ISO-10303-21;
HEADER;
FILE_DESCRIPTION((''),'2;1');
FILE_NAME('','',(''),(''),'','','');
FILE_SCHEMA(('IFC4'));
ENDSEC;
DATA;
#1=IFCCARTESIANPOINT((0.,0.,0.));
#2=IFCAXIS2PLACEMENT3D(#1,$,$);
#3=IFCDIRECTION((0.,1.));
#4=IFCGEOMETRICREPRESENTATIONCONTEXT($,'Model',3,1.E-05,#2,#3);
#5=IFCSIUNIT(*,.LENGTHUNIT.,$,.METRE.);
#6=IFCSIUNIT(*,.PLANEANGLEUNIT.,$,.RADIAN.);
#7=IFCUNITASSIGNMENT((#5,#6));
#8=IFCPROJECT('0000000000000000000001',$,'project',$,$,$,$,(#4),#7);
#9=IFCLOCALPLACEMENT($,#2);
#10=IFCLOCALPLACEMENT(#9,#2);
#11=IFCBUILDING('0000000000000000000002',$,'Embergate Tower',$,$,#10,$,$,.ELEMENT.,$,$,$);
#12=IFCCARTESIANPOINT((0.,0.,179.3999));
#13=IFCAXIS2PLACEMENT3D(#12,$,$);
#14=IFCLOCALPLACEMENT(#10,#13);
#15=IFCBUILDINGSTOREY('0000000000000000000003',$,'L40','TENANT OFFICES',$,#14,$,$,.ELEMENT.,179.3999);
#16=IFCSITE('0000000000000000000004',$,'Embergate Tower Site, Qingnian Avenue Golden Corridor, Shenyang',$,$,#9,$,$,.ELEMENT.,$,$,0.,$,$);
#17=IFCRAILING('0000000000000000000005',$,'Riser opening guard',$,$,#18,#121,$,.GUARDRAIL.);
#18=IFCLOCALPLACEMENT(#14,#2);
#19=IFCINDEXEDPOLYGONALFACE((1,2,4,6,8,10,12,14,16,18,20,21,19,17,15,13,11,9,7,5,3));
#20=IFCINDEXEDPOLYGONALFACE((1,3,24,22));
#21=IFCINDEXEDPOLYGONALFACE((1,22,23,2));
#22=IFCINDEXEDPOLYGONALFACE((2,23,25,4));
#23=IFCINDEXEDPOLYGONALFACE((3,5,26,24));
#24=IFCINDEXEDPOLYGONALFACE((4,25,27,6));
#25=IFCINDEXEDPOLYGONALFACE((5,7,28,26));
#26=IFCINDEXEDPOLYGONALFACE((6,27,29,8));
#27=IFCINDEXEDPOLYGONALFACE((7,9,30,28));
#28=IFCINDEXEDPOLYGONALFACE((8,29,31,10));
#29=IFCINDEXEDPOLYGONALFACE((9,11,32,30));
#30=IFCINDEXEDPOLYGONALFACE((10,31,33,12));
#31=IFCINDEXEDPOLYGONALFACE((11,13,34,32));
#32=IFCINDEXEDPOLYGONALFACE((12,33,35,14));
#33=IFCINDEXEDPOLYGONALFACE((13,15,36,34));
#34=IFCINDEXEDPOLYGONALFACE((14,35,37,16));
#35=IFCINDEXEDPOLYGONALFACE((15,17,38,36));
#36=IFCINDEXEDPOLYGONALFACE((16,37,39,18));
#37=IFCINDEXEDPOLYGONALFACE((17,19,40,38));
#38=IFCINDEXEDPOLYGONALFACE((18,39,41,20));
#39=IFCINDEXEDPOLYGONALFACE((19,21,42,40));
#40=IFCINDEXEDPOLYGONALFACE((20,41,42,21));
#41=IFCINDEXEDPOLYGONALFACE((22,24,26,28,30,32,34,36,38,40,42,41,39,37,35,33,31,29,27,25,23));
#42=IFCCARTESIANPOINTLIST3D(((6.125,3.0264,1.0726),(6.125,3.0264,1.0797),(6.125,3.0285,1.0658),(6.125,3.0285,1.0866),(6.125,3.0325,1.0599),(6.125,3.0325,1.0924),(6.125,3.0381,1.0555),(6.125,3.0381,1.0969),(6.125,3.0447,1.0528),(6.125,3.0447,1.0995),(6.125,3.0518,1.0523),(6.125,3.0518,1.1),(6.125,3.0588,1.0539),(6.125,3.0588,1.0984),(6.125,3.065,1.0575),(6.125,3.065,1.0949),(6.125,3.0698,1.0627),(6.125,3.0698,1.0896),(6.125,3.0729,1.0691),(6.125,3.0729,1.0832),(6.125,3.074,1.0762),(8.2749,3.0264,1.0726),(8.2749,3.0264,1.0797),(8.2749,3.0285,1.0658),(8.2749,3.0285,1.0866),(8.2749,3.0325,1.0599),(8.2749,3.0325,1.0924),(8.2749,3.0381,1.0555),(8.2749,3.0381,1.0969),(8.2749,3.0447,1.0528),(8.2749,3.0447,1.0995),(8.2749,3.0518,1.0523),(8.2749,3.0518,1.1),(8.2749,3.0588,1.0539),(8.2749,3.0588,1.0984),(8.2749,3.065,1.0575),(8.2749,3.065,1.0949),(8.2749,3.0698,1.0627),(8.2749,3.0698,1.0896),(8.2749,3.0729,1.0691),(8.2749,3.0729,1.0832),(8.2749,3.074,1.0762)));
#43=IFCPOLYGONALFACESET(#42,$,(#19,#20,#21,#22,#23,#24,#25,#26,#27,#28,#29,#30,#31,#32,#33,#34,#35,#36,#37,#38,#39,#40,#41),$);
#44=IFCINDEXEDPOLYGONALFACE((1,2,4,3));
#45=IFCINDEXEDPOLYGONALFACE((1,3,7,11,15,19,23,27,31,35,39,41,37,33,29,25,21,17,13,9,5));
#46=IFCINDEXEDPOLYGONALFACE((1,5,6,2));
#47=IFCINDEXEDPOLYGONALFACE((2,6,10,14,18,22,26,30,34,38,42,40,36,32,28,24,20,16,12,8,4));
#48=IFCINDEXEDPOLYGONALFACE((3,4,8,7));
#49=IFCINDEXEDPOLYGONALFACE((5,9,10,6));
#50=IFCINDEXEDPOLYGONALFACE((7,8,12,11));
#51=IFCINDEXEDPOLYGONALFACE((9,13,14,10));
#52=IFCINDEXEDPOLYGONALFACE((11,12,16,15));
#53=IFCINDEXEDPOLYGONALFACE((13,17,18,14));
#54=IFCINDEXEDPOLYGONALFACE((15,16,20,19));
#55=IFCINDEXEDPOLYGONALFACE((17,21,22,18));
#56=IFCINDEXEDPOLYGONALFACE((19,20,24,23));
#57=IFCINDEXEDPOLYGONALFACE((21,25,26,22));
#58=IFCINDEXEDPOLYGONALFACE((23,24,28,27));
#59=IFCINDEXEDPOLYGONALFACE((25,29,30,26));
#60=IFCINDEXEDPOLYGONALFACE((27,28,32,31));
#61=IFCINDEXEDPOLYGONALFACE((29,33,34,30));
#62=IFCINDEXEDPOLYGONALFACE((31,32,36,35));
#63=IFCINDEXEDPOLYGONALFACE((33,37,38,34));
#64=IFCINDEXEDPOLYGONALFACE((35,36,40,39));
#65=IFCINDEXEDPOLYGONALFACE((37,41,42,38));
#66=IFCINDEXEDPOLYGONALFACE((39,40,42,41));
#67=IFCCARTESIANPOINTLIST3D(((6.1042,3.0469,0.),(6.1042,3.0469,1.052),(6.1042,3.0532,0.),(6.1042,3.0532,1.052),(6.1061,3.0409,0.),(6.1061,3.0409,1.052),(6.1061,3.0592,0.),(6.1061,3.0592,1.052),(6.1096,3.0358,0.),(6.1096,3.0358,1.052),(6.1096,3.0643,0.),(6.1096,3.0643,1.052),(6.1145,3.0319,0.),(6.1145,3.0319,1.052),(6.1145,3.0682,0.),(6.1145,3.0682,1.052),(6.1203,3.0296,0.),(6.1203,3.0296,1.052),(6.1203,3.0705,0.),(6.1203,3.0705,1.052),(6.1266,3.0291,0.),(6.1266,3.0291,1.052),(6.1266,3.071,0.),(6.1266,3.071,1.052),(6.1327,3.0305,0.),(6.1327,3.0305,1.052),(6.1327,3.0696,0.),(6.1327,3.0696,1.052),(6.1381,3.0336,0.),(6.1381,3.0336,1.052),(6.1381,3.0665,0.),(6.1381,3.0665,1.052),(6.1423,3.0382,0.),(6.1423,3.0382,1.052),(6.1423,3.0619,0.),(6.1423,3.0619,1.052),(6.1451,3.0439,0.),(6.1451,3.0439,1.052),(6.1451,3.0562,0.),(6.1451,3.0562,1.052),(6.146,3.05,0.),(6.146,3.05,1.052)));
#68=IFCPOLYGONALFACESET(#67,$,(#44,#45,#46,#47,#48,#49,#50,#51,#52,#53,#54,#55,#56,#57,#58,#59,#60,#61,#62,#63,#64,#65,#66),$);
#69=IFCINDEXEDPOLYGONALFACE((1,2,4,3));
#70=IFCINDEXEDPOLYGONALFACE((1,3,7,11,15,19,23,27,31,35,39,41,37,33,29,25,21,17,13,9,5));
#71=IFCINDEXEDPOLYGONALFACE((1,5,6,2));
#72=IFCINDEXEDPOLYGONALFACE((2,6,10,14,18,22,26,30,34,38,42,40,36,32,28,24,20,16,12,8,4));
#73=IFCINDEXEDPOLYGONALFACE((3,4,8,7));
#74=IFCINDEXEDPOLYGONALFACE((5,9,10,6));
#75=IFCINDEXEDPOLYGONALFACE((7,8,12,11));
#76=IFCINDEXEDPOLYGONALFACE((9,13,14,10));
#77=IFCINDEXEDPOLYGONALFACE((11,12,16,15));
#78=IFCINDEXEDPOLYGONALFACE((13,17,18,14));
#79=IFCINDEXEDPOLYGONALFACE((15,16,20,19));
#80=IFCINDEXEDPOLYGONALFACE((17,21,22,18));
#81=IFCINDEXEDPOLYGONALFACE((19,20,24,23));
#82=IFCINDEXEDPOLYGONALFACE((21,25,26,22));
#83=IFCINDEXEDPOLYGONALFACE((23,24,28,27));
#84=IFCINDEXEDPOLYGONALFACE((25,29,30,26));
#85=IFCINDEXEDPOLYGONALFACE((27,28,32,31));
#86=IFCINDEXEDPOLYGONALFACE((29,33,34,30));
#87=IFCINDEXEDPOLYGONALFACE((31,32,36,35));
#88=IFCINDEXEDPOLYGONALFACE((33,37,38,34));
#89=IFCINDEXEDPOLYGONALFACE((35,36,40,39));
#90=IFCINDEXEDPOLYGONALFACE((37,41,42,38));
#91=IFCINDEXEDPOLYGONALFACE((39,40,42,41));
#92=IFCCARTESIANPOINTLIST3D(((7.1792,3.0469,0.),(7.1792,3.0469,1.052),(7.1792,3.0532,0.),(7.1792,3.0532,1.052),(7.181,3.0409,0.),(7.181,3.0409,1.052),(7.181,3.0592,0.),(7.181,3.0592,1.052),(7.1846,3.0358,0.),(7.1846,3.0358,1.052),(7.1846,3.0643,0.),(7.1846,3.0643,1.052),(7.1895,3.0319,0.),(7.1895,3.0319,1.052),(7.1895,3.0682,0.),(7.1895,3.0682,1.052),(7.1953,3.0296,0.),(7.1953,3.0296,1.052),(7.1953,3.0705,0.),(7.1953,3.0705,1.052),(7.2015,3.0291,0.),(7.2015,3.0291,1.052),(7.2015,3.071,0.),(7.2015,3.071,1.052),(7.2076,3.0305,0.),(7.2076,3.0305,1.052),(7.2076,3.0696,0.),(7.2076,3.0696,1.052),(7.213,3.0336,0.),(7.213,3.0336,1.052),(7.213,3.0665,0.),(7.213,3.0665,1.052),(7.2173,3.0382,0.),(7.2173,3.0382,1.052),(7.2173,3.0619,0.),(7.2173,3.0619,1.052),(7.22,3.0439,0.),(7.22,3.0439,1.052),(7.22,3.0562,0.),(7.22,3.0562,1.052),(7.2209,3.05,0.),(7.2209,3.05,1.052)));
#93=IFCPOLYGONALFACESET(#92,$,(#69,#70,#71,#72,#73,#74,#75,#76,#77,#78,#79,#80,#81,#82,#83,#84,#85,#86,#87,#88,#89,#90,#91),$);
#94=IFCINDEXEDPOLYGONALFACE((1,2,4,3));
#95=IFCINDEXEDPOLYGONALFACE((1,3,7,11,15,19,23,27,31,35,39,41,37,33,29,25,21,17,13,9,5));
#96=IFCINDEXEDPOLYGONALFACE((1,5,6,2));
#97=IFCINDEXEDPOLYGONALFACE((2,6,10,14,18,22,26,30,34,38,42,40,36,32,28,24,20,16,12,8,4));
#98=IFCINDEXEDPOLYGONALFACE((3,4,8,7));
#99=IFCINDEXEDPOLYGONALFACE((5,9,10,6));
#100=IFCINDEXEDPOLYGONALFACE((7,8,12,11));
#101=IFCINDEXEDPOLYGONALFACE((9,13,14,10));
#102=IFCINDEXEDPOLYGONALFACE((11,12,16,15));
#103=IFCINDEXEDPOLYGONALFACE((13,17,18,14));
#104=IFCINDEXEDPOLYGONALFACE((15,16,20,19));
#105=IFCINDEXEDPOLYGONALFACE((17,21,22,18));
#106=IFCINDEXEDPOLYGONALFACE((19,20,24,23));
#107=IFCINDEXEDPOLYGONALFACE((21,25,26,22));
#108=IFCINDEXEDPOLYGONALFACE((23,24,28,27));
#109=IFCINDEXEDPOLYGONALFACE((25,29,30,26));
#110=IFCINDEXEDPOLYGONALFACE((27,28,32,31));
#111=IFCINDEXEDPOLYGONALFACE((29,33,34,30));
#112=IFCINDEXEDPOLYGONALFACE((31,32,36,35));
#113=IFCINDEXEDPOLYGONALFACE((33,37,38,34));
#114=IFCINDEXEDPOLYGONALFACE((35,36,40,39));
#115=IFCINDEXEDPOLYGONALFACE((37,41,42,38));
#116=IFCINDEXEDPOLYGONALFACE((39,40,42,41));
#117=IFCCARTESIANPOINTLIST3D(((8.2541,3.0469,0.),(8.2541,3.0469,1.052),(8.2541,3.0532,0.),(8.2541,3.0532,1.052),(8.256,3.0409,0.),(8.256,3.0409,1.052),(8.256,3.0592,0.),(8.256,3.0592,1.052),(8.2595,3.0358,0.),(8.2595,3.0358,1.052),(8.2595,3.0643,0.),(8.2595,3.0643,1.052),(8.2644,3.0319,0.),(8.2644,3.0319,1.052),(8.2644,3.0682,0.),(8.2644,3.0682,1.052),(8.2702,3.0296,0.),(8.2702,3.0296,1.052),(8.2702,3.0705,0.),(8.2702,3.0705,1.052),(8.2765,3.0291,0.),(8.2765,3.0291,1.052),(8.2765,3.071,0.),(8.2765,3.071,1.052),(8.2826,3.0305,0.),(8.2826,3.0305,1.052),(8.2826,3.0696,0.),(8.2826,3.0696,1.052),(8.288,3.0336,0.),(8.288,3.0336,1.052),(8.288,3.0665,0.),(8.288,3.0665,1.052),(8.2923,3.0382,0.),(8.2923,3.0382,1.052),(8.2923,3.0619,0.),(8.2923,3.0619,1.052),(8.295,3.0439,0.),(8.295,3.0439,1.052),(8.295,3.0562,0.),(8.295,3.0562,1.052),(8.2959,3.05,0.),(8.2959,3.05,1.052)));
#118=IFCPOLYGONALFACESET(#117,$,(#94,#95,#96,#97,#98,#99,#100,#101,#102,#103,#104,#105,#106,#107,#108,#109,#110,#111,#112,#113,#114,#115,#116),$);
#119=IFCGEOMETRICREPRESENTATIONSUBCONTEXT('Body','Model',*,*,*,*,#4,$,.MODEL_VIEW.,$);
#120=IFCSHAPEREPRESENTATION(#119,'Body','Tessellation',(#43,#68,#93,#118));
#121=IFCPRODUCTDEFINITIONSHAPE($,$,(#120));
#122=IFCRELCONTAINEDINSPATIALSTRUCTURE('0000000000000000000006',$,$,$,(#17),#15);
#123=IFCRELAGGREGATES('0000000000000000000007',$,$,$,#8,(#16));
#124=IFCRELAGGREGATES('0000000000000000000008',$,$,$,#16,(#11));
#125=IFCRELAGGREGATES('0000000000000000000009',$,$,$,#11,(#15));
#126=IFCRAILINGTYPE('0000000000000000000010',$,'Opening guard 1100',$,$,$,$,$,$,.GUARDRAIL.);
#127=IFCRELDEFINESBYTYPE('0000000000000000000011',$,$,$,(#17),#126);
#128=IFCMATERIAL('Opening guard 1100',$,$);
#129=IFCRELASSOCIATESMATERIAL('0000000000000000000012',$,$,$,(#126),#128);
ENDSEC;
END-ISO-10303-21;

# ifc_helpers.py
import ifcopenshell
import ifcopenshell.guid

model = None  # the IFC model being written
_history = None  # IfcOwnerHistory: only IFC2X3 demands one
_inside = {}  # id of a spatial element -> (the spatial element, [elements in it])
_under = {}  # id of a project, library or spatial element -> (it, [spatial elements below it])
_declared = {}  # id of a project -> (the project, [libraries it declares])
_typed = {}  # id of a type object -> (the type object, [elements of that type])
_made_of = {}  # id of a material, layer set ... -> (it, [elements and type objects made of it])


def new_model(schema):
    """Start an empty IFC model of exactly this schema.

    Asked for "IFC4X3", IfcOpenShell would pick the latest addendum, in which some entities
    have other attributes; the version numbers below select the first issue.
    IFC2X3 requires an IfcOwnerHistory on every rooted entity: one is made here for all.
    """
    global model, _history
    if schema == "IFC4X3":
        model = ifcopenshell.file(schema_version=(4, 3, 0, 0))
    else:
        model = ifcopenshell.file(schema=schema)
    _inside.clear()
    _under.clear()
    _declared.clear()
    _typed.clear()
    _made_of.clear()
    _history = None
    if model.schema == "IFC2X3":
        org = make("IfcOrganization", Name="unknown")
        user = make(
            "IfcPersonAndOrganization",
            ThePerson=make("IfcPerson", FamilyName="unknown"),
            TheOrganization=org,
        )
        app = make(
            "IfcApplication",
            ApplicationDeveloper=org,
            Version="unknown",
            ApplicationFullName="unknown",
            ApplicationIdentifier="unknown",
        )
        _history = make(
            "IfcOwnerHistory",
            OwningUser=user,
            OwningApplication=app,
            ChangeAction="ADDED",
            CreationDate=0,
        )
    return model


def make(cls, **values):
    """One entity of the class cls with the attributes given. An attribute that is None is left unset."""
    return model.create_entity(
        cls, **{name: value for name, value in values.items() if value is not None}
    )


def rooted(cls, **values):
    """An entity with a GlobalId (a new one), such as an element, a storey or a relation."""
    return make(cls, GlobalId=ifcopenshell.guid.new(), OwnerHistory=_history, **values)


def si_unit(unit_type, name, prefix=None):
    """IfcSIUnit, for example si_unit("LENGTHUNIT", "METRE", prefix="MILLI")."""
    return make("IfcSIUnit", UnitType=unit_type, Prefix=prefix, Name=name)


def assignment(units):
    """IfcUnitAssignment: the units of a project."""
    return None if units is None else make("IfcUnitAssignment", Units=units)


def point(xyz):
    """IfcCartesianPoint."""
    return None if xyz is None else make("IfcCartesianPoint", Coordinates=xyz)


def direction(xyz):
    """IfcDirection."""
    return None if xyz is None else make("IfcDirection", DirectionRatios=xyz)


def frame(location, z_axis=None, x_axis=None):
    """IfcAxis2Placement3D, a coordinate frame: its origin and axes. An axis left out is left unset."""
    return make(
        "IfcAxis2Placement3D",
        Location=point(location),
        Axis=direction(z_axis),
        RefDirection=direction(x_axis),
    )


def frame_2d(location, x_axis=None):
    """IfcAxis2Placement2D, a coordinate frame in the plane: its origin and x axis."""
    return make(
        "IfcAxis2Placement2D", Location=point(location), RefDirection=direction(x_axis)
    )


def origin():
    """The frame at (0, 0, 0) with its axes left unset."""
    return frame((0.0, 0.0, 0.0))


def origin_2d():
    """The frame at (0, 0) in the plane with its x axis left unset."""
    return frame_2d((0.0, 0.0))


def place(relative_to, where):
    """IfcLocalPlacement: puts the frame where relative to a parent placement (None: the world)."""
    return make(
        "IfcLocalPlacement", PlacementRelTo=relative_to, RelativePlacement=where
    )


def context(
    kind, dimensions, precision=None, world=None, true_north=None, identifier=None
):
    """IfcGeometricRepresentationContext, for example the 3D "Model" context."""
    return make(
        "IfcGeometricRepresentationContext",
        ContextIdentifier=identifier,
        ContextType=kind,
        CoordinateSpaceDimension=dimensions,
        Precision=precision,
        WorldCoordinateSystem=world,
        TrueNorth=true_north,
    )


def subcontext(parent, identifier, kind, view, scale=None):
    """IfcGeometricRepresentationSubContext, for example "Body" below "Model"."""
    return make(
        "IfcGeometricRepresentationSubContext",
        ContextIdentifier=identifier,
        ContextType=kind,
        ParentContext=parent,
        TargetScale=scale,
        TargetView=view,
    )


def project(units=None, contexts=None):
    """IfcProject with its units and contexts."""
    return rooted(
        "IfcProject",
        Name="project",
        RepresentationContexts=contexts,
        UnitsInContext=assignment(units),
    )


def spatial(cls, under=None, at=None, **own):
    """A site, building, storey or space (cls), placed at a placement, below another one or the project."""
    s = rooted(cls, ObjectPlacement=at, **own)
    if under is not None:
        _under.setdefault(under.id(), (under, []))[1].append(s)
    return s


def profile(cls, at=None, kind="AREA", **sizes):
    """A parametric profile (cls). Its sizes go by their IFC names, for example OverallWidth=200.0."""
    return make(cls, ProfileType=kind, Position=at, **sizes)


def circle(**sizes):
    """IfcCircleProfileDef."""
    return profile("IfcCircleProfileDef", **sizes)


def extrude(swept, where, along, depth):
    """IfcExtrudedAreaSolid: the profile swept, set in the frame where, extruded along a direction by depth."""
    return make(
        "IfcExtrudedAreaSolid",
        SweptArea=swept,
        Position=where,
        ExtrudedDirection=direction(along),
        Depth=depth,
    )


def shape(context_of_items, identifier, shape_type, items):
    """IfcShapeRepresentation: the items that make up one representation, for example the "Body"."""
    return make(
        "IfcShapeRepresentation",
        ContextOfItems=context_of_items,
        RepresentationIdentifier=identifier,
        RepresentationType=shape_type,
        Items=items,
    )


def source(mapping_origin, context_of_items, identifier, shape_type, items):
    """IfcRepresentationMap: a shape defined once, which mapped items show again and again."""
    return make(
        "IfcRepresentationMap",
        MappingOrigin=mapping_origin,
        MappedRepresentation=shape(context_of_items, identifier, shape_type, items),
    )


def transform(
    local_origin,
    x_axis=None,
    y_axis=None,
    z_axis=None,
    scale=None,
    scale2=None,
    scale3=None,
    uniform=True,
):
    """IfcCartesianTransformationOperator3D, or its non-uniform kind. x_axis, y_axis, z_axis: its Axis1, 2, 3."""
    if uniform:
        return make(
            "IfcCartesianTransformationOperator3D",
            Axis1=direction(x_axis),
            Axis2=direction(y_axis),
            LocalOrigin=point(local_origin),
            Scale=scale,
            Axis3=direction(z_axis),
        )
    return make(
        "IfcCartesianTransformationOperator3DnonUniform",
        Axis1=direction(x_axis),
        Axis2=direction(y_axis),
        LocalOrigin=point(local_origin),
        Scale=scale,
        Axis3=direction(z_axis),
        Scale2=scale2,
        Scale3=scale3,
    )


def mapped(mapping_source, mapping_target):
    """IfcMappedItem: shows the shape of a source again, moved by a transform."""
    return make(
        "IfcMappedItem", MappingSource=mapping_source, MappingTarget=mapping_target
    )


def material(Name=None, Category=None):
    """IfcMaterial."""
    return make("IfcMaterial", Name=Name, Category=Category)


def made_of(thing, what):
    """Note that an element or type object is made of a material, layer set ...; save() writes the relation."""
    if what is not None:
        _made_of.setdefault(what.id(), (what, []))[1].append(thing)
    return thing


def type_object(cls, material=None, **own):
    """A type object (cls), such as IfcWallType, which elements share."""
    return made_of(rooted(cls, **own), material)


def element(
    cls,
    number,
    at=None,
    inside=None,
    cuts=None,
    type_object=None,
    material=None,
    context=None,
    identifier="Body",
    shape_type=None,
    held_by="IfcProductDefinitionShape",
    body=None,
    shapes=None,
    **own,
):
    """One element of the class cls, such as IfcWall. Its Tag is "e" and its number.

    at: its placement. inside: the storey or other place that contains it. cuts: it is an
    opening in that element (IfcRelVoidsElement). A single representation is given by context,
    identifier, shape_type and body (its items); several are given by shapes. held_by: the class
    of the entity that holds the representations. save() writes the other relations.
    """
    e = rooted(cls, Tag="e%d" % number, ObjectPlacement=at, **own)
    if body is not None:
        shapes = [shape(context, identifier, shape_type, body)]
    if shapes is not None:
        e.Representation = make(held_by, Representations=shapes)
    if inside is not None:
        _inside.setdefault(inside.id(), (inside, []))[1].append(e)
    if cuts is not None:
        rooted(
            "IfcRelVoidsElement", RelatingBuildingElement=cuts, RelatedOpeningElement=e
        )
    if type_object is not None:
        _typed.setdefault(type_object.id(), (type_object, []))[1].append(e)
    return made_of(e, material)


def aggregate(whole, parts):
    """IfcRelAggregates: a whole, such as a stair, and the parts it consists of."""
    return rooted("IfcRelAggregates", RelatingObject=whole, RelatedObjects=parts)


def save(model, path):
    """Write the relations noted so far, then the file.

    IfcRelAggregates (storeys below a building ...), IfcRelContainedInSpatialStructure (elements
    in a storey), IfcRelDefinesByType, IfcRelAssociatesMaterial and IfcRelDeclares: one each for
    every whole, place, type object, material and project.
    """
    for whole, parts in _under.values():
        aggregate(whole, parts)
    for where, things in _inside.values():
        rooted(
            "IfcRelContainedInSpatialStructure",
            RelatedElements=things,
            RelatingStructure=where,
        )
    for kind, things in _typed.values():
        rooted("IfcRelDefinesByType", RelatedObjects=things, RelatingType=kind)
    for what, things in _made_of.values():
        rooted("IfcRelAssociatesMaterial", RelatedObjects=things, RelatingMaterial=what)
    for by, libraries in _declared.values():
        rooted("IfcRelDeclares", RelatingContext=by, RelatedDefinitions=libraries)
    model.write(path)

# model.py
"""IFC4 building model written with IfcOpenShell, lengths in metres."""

from ifc_helpers import new_model, si_unit, direction, frame, origin, origin_2d, place, context, subcontext, project, spatial, circle, extrude, source, transform, mapped, material, type_object, element, save


model = new_model("IFC4")

# Units and contexts
model_context = context("Model", 3, precision=1e-05, world=origin(), true_north=direction((0.0, 1.0)))
body_context = subcontext(model_context, "Body", "Model", "MODEL_VIEW")
ifc_project = project(units=[si_unit("LENGTHUNIT", "METRE"), si_unit("PLANEANGLEUNIT", "RADIAN")], contexts=[model_context])

# Site, building, storey
site_placement = place(None, origin())
site = spatial("IfcSite", under=ifc_project, at=site_placement, Name="Embergate Tower Site, Qingnian Avenue Golden Corridor, Shenyang", CompositionType="ELEMENT", RefElevation=0.0)
building_placement = place(site_placement, origin())
building = spatial("IfcBuilding", under=site, at=building_placement, Name="Embergate Tower", CompositionType="ELEMENT")
storey_placement = place(building_placement, frame((0.0, 0.0, 179.3999)))
storey = spatial("IfcBuildingStorey", under=building, at=storey_placement, Name="L40", Description="TENANT OFFICES", CompositionType="ELEMENT", Elevation=179.3999)

# Railing
ifc_material_1 = material(Name="Opening guard 1100")
railing_type = type_object("IfcRailingType", Name="Opening guard 1100", PredefinedType="GUARDRAIL", material=ifc_material_1)
shared_shape_1 = source(origin(), body_context, "Body", "SweptSolid", [
    extrude(circle(Radius=0.0239, at=origin_2d()), frame((0.0, 0.0, 1.0762), z_axis=(1.0, 0.0, 0.0), x_axis=(0.0, 1.0, 0.0)), (0.0, 0.0, 1.0), 2.1499),
    extrude(circle(Radius=0.021, at=origin_2d()), origin(), (0.0, 0.0, 1.0), 1.052),
    extrude(circle(Radius=0.021, at=origin_2d()), frame((1.075, 0.0, 0.0)), (0.0, 0.0, 1.0), 1.052),
    extrude(circle(Radius=0.021, at=origin_2d()), frame((2.1499, 0.0, 0.0)), (0.0, 0.0, 1.0), 1.052),
])
railing_placement = place(storey_placement, frame((6.125, 3.05, 0.0)))
element("IfcRailing", 1, at=railing_placement, inside=storey, type_object=railing_type, Name="Riser opening guard", PredefinedType="GUARDRAIL", context=body_context, shape_type="MappedRepresentation", body=[
    mapped(shared_shape_1, transform((0.0, 0.0, 0.0))),
])

save(model, "model.ifc")
